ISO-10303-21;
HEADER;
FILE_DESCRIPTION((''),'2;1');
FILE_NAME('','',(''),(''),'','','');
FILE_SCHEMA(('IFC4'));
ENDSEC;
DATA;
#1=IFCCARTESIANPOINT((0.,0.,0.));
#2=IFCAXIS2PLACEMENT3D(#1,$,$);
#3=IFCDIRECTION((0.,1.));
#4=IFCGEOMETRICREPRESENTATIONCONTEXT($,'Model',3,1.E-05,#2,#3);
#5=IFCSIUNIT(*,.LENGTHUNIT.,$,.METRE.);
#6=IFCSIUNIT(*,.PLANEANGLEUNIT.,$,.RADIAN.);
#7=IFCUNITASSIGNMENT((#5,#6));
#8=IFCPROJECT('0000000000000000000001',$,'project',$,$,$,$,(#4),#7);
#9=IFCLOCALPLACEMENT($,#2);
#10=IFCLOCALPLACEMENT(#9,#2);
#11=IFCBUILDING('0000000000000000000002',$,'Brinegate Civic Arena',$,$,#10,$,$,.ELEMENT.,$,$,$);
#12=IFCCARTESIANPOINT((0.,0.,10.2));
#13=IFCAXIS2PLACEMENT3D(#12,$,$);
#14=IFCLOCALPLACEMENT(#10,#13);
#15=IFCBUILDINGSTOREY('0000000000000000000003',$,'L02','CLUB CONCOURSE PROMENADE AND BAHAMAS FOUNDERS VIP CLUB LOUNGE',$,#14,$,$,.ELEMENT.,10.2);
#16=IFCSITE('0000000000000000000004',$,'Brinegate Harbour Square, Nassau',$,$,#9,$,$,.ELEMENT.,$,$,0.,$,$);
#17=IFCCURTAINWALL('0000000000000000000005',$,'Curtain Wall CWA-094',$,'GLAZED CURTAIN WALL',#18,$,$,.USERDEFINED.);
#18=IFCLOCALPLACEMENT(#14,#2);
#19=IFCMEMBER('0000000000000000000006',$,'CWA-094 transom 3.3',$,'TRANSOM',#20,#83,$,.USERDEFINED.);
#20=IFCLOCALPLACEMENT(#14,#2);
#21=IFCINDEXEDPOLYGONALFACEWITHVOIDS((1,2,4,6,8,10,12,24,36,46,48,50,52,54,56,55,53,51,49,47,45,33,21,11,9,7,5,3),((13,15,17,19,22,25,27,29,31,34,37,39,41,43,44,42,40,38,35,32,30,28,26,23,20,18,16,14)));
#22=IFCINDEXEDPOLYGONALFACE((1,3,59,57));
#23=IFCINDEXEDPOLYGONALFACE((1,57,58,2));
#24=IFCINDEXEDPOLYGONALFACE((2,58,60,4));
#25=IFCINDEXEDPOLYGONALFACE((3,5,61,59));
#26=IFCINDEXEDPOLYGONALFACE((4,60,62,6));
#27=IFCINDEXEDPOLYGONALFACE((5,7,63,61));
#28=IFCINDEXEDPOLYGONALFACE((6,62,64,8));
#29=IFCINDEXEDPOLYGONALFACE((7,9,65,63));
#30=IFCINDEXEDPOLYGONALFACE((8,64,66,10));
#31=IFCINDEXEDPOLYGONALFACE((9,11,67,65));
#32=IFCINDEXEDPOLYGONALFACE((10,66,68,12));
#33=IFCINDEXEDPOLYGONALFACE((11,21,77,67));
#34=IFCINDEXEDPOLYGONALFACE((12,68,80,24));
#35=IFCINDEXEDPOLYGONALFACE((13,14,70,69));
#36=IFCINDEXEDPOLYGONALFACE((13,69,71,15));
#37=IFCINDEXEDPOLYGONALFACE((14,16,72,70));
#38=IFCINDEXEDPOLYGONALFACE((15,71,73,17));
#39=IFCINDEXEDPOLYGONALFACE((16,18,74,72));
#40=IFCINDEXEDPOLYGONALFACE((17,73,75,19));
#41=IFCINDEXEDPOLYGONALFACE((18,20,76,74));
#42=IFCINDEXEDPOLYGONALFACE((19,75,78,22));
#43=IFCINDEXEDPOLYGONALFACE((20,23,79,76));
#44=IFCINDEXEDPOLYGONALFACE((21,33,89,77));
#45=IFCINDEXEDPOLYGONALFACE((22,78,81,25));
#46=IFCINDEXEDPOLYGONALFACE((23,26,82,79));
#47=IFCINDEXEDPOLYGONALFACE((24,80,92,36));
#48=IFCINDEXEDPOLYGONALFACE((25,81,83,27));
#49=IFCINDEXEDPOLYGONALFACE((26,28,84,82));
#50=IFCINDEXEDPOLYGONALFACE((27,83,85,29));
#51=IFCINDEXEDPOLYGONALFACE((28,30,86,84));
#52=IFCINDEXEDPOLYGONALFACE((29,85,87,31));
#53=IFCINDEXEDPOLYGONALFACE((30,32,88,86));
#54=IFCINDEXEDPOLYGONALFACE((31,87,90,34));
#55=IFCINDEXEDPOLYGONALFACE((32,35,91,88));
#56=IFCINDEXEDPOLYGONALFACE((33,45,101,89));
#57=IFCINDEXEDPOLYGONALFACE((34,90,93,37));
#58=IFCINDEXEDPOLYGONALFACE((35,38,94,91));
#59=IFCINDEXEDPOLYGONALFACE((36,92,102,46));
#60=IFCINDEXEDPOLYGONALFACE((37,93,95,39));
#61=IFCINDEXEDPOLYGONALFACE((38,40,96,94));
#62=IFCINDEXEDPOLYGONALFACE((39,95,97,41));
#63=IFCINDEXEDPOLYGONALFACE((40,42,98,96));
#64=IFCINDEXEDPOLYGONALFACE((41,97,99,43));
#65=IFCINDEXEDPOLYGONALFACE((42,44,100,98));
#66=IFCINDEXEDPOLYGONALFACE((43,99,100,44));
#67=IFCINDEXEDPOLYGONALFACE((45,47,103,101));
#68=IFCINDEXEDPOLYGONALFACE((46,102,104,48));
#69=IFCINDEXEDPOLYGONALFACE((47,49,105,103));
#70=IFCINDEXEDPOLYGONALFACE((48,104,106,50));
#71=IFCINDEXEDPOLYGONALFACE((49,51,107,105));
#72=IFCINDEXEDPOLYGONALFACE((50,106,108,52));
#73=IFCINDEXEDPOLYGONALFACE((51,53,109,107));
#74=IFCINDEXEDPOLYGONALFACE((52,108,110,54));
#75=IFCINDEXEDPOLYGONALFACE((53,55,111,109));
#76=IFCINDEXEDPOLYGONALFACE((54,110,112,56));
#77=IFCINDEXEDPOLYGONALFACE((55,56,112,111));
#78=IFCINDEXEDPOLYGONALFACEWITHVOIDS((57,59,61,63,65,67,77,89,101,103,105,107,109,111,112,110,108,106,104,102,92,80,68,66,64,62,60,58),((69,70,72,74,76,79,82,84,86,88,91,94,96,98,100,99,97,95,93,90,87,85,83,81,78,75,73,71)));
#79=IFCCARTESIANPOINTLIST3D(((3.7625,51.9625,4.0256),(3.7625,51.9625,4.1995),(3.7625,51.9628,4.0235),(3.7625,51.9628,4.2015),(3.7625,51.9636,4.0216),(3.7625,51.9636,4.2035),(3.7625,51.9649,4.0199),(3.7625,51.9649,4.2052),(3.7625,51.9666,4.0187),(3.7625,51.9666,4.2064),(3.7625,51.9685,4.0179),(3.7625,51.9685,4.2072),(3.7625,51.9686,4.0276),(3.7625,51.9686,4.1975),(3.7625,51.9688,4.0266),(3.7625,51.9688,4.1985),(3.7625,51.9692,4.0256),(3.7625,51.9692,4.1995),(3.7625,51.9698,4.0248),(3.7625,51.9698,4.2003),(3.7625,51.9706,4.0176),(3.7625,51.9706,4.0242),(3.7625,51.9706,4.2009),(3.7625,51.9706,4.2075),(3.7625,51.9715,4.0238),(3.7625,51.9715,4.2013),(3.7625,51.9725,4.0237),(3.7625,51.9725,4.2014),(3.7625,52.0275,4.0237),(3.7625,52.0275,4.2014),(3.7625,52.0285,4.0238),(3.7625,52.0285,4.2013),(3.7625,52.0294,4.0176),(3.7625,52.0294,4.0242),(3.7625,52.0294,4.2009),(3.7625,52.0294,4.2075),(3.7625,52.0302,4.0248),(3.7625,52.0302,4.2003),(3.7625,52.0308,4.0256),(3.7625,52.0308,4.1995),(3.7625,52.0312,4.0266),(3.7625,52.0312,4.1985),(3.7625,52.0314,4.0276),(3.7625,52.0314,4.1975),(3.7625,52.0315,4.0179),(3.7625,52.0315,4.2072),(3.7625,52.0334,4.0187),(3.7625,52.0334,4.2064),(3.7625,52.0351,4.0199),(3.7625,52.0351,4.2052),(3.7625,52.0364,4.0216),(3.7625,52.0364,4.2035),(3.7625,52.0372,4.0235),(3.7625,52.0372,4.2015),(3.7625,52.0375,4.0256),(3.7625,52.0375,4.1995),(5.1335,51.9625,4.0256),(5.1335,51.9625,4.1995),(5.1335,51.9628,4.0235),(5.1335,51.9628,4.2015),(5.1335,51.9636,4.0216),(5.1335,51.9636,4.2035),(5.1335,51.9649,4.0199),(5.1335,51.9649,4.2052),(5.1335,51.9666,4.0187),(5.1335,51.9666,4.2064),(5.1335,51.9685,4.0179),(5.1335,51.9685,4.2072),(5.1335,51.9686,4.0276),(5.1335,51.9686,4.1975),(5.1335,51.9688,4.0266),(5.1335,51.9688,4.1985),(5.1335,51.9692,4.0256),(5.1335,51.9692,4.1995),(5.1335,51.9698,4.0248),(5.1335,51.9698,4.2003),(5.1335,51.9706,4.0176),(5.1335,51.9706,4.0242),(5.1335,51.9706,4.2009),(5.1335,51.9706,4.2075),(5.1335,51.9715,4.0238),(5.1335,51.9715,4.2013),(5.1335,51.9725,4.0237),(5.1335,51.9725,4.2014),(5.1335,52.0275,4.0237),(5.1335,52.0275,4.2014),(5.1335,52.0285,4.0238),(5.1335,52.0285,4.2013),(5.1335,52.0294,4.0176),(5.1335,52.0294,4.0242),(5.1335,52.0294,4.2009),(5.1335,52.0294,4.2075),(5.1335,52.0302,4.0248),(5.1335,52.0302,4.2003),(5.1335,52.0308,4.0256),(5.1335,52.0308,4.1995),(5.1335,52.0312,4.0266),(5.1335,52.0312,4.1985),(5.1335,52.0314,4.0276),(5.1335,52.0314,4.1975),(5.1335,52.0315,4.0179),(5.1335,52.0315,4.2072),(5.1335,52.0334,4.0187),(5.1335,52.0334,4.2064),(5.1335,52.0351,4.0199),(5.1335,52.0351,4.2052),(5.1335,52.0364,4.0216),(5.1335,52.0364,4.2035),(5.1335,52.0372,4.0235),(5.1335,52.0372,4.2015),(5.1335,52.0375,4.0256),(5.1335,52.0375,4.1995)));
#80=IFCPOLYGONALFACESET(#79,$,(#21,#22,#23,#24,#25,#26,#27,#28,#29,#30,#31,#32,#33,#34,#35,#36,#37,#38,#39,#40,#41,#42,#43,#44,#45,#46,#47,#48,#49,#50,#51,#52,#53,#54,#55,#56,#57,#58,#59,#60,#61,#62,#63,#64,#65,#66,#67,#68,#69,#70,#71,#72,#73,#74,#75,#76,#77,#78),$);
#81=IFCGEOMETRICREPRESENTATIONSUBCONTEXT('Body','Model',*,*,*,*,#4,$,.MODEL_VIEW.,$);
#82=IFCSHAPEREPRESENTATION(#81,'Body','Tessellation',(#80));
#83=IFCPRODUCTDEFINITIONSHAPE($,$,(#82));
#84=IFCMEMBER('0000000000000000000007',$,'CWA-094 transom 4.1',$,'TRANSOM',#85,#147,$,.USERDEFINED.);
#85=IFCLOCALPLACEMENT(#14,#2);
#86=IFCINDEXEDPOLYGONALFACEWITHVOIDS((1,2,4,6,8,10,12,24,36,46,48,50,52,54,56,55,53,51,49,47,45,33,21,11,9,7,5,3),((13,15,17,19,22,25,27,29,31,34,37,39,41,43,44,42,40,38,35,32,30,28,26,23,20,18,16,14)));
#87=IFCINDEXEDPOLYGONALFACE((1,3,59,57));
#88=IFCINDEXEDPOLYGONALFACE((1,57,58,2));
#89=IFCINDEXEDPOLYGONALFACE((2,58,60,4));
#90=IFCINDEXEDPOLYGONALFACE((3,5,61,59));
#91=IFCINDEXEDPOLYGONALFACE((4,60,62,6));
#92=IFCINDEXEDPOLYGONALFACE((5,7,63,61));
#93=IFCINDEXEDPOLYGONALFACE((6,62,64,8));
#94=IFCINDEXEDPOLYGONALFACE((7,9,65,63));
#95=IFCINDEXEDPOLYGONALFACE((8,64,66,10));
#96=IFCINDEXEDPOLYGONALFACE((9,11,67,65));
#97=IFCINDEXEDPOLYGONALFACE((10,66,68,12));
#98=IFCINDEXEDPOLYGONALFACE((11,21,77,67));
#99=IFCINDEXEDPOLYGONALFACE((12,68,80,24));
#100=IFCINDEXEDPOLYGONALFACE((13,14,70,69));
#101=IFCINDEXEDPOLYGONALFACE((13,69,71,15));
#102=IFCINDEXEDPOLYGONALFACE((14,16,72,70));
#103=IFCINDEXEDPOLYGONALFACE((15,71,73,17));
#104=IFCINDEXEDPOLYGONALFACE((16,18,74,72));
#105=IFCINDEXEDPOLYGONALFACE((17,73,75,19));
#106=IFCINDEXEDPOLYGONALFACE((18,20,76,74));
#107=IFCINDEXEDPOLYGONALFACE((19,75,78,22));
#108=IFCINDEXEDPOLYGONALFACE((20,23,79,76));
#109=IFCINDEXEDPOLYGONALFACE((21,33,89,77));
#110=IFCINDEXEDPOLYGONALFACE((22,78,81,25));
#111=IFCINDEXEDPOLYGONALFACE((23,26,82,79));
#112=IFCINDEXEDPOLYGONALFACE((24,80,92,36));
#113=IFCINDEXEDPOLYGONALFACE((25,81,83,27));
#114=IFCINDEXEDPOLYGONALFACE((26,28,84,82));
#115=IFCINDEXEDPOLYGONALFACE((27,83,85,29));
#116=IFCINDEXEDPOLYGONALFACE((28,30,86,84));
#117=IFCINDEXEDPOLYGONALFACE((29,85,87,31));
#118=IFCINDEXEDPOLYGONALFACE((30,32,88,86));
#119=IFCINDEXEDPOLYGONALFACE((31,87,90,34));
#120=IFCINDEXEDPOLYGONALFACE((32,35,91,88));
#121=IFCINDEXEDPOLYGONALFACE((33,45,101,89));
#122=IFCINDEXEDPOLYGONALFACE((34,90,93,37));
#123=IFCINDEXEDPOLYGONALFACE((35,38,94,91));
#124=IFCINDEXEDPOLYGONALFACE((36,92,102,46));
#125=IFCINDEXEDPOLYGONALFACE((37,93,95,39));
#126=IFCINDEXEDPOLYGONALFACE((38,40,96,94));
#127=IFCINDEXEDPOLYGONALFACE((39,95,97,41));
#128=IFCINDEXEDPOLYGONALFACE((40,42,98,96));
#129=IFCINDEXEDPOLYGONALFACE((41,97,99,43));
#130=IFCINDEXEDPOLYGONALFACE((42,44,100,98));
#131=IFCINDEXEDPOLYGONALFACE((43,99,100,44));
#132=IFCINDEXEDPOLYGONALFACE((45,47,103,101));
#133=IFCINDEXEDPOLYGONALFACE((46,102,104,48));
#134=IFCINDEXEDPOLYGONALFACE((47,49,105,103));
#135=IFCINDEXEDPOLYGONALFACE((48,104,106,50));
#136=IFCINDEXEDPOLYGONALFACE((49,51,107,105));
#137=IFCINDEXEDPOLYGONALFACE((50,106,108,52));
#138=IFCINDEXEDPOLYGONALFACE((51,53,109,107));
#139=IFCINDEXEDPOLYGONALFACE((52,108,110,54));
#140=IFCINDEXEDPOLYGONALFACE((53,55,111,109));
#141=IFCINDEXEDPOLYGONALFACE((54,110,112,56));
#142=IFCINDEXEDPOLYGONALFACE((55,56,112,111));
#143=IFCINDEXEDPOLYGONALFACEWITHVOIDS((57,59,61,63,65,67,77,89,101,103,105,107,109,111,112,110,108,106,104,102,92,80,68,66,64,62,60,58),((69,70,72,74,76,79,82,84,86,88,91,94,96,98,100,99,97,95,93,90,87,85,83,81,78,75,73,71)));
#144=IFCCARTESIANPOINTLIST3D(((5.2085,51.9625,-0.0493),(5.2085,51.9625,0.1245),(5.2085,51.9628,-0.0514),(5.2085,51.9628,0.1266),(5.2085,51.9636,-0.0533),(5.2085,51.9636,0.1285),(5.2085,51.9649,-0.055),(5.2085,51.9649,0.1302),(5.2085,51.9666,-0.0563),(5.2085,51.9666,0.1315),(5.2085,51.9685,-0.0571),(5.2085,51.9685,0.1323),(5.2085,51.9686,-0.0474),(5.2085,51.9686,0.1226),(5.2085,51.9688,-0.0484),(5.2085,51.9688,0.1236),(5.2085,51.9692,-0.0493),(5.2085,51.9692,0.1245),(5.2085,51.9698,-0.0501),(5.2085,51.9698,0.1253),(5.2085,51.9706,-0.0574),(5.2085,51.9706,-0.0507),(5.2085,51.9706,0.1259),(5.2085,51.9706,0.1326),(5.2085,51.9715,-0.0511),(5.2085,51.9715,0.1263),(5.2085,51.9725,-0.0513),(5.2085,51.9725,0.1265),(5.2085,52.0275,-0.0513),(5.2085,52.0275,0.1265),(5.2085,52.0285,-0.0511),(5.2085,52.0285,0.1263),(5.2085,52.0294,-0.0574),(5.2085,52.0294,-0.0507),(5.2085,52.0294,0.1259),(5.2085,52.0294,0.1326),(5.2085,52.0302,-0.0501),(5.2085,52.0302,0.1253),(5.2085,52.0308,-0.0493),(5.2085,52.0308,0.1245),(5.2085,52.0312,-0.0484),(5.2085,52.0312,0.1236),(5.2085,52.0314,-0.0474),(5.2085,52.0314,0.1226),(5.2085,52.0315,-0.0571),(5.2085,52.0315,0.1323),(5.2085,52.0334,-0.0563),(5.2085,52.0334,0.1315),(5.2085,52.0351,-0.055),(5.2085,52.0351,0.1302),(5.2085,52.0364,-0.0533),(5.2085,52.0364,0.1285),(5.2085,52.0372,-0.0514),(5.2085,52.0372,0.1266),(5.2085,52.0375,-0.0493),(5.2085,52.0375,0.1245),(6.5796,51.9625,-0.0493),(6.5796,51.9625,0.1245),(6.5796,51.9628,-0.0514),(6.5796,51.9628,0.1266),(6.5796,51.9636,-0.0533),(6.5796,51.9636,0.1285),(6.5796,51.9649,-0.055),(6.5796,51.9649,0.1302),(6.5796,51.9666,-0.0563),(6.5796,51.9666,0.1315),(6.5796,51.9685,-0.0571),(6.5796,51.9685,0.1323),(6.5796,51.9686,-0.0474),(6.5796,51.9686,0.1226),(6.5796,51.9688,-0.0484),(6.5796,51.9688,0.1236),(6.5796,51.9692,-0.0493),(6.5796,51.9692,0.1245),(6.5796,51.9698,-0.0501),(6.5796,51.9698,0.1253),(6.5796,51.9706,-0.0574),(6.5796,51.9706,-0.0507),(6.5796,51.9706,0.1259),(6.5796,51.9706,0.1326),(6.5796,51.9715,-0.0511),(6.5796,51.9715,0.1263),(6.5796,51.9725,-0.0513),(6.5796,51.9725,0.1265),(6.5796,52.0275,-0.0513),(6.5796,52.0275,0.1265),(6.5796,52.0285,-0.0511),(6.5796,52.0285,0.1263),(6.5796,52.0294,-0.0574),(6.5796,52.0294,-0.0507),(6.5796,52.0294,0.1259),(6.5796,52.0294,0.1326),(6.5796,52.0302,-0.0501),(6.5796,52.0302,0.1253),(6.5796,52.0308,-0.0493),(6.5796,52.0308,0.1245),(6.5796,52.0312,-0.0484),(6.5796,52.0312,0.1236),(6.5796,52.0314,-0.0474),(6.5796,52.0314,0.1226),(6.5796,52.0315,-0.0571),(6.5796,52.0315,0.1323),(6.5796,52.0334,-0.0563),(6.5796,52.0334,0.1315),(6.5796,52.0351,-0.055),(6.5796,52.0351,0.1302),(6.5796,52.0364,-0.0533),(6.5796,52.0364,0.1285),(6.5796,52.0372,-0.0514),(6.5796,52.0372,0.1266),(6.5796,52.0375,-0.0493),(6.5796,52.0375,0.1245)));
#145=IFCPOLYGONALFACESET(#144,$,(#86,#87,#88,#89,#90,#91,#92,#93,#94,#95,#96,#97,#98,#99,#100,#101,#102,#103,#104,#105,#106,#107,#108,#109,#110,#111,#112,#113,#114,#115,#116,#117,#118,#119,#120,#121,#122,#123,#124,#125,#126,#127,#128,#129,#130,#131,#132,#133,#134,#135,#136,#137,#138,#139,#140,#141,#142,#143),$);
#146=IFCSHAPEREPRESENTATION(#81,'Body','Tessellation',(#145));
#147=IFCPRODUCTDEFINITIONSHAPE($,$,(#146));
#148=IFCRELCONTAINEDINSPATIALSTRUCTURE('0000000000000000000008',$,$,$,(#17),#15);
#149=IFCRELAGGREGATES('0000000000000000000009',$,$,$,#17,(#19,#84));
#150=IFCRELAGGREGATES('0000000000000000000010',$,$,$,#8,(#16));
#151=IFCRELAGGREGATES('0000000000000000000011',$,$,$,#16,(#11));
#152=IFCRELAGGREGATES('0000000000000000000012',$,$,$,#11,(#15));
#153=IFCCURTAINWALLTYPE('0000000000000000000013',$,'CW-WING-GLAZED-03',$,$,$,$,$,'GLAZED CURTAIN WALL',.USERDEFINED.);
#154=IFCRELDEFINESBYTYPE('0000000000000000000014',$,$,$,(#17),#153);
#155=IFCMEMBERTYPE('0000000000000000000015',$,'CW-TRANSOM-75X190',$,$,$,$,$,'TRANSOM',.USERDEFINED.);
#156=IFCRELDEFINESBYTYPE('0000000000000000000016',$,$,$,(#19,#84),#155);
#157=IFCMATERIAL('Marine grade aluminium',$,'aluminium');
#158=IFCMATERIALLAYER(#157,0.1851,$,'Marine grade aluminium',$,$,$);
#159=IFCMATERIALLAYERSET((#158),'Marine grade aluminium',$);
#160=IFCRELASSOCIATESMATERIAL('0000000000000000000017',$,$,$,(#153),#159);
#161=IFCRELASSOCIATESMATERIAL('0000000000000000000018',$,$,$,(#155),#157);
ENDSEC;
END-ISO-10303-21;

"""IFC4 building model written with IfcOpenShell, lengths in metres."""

from ifc_helpers import new_model, si_unit, direction, frame, origin, origin_2d, place, context, subcontext, project, spatial, hollow_rectangle, extrude, material, layer, layer_set, material_profile, profile_set, type_object, element, aggregate, save


model = new_model("IFC4")

# Units and contexts
model_context = context("Model", 3, precision=1e-05, world=origin(), true_north=direction((0.0, 1.0)))
body_context = subcontext(model_context, "Body", "Model", "MODEL_VIEW")
ifc_project = project(units=[si_unit("LENGTHUNIT", "METRE"), si_unit("PLANEANGLEUNIT", "RADIAN")], contexts=[model_context])

# Site, building, storey
site_placement = place(None, origin())
site = spatial("IfcSite", under=ifc_project, at=site_placement, Name="Brinegate Harbour Square, Nassau", CompositionType="ELEMENT", RefElevation=0.0)
building_placement = place(site_placement, origin())
building = spatial("IfcBuilding", under=site, at=building_placement, Name="Brinegate Civic Arena", CompositionType="ELEMENT")
storey_placement = place(building_placement, frame((0.0, 0.0, 10.2)))
storey = spatial("IfcBuildingStorey", under=building, at=storey_placement, Name="L02", Description="CLUB CONCOURSE PROMENADE AND BAHAMAS FOUNDERS VIP CLUB LOUNGE", CompositionType="ELEMENT", Elevation=10.2)

# Curtain wall, members
ifc_material_1 = material(Name="Marine grade aluminium", Category="aluminium")
ifc_layer_1 = layer(ifc_material_1, 0.1851, Name="Marine grade aluminium")
ifc_layer_set_1 = layer_set([ifc_layer_1], Name="Marine grade aluminium")
curtain_wall_type = type_object("IfcCurtainWallType", Name="CW-WING-GLAZED-03", ElementType="GLAZED CURTAIN WALL", PredefinedType="USERDEFINED", material=ifc_layer_set_1)
curtain_wall_placement = place(storey_placement, origin())
curtain_wall = element("IfcCurtainWall", 1, at=curtain_wall_placement, inside=storey, type_object=curtain_wall_type, Name="Curtain Wall CWA-094", ObjectType="GLAZED CURTAIN WALL", PredefinedType="USERDEFINED")
ifc_material_profile_1 = material_profile(ifc_material_1, hollow_rectangle(XDim=0.075, YDim=0.1899, WallThickness=0.0061, InnerFilletRadius=0.0039, OuterFilletRadius=0.0081, at=origin_2d()), Name="TRN75X190")
ifc_profile_set_1 = profile_set([ifc_material_profile_1], Name="Marine grade aluminium")
member_type_1 = type_object("IfcMemberType", Name="CW-TRANSOM-75X190", ElementType="TRANSOM", PredefinedType="USERDEFINED", material=ifc_profile_set_1)
member_1_placement = place(storey_placement, frame((3.7625, 52.0, 4.1125), z_axis=(1.0, 0.0, 0.0), x_axis=(0.0, 1.0, 0.0)))
member_1 = element("IfcMember", 2, at=member_1_placement, type_object=member_type_1, Name="CWA-094 transom 3.3", ObjectType="TRANSOM", PredefinedType="USERDEFINED", context=body_context, shape_type="SweptSolid", body=[
    extrude(hollow_rectangle(XDim=0.075, YDim=0.1899, WallThickness=0.0061, InnerFilletRadius=0.0039, OuterFilletRadius=0.0081, at=origin_2d()), origin(), (0.0, 0.0, 1.0), 1.3711),
])
member_2_placement = place(storey_placement, frame((5.2085, 52.0, 0.0376), z_axis=(1.0, 0.0, 0.0), x_axis=(0.0, 1.0, 0.0)))
member_2 = element("IfcMember", 3, at=member_2_placement, type_object=member_type_1, Name="CWA-094 transom 4.1", ObjectType="TRANSOM", PredefinedType="USERDEFINED", context=body_context, shape_type="SweptSolid", body=[
    extrude(hollow_rectangle(XDim=0.075, YDim=0.1899, WallThickness=0.0061, InnerFilletRadius=0.0039, OuterFilletRadius=0.0081, at=origin_2d()), origin(), (0.0, 0.0, 1.0), 1.3711),
])

aggregate(curtain_wall, [member_1, member_2])

save(model, "model.ifc")
